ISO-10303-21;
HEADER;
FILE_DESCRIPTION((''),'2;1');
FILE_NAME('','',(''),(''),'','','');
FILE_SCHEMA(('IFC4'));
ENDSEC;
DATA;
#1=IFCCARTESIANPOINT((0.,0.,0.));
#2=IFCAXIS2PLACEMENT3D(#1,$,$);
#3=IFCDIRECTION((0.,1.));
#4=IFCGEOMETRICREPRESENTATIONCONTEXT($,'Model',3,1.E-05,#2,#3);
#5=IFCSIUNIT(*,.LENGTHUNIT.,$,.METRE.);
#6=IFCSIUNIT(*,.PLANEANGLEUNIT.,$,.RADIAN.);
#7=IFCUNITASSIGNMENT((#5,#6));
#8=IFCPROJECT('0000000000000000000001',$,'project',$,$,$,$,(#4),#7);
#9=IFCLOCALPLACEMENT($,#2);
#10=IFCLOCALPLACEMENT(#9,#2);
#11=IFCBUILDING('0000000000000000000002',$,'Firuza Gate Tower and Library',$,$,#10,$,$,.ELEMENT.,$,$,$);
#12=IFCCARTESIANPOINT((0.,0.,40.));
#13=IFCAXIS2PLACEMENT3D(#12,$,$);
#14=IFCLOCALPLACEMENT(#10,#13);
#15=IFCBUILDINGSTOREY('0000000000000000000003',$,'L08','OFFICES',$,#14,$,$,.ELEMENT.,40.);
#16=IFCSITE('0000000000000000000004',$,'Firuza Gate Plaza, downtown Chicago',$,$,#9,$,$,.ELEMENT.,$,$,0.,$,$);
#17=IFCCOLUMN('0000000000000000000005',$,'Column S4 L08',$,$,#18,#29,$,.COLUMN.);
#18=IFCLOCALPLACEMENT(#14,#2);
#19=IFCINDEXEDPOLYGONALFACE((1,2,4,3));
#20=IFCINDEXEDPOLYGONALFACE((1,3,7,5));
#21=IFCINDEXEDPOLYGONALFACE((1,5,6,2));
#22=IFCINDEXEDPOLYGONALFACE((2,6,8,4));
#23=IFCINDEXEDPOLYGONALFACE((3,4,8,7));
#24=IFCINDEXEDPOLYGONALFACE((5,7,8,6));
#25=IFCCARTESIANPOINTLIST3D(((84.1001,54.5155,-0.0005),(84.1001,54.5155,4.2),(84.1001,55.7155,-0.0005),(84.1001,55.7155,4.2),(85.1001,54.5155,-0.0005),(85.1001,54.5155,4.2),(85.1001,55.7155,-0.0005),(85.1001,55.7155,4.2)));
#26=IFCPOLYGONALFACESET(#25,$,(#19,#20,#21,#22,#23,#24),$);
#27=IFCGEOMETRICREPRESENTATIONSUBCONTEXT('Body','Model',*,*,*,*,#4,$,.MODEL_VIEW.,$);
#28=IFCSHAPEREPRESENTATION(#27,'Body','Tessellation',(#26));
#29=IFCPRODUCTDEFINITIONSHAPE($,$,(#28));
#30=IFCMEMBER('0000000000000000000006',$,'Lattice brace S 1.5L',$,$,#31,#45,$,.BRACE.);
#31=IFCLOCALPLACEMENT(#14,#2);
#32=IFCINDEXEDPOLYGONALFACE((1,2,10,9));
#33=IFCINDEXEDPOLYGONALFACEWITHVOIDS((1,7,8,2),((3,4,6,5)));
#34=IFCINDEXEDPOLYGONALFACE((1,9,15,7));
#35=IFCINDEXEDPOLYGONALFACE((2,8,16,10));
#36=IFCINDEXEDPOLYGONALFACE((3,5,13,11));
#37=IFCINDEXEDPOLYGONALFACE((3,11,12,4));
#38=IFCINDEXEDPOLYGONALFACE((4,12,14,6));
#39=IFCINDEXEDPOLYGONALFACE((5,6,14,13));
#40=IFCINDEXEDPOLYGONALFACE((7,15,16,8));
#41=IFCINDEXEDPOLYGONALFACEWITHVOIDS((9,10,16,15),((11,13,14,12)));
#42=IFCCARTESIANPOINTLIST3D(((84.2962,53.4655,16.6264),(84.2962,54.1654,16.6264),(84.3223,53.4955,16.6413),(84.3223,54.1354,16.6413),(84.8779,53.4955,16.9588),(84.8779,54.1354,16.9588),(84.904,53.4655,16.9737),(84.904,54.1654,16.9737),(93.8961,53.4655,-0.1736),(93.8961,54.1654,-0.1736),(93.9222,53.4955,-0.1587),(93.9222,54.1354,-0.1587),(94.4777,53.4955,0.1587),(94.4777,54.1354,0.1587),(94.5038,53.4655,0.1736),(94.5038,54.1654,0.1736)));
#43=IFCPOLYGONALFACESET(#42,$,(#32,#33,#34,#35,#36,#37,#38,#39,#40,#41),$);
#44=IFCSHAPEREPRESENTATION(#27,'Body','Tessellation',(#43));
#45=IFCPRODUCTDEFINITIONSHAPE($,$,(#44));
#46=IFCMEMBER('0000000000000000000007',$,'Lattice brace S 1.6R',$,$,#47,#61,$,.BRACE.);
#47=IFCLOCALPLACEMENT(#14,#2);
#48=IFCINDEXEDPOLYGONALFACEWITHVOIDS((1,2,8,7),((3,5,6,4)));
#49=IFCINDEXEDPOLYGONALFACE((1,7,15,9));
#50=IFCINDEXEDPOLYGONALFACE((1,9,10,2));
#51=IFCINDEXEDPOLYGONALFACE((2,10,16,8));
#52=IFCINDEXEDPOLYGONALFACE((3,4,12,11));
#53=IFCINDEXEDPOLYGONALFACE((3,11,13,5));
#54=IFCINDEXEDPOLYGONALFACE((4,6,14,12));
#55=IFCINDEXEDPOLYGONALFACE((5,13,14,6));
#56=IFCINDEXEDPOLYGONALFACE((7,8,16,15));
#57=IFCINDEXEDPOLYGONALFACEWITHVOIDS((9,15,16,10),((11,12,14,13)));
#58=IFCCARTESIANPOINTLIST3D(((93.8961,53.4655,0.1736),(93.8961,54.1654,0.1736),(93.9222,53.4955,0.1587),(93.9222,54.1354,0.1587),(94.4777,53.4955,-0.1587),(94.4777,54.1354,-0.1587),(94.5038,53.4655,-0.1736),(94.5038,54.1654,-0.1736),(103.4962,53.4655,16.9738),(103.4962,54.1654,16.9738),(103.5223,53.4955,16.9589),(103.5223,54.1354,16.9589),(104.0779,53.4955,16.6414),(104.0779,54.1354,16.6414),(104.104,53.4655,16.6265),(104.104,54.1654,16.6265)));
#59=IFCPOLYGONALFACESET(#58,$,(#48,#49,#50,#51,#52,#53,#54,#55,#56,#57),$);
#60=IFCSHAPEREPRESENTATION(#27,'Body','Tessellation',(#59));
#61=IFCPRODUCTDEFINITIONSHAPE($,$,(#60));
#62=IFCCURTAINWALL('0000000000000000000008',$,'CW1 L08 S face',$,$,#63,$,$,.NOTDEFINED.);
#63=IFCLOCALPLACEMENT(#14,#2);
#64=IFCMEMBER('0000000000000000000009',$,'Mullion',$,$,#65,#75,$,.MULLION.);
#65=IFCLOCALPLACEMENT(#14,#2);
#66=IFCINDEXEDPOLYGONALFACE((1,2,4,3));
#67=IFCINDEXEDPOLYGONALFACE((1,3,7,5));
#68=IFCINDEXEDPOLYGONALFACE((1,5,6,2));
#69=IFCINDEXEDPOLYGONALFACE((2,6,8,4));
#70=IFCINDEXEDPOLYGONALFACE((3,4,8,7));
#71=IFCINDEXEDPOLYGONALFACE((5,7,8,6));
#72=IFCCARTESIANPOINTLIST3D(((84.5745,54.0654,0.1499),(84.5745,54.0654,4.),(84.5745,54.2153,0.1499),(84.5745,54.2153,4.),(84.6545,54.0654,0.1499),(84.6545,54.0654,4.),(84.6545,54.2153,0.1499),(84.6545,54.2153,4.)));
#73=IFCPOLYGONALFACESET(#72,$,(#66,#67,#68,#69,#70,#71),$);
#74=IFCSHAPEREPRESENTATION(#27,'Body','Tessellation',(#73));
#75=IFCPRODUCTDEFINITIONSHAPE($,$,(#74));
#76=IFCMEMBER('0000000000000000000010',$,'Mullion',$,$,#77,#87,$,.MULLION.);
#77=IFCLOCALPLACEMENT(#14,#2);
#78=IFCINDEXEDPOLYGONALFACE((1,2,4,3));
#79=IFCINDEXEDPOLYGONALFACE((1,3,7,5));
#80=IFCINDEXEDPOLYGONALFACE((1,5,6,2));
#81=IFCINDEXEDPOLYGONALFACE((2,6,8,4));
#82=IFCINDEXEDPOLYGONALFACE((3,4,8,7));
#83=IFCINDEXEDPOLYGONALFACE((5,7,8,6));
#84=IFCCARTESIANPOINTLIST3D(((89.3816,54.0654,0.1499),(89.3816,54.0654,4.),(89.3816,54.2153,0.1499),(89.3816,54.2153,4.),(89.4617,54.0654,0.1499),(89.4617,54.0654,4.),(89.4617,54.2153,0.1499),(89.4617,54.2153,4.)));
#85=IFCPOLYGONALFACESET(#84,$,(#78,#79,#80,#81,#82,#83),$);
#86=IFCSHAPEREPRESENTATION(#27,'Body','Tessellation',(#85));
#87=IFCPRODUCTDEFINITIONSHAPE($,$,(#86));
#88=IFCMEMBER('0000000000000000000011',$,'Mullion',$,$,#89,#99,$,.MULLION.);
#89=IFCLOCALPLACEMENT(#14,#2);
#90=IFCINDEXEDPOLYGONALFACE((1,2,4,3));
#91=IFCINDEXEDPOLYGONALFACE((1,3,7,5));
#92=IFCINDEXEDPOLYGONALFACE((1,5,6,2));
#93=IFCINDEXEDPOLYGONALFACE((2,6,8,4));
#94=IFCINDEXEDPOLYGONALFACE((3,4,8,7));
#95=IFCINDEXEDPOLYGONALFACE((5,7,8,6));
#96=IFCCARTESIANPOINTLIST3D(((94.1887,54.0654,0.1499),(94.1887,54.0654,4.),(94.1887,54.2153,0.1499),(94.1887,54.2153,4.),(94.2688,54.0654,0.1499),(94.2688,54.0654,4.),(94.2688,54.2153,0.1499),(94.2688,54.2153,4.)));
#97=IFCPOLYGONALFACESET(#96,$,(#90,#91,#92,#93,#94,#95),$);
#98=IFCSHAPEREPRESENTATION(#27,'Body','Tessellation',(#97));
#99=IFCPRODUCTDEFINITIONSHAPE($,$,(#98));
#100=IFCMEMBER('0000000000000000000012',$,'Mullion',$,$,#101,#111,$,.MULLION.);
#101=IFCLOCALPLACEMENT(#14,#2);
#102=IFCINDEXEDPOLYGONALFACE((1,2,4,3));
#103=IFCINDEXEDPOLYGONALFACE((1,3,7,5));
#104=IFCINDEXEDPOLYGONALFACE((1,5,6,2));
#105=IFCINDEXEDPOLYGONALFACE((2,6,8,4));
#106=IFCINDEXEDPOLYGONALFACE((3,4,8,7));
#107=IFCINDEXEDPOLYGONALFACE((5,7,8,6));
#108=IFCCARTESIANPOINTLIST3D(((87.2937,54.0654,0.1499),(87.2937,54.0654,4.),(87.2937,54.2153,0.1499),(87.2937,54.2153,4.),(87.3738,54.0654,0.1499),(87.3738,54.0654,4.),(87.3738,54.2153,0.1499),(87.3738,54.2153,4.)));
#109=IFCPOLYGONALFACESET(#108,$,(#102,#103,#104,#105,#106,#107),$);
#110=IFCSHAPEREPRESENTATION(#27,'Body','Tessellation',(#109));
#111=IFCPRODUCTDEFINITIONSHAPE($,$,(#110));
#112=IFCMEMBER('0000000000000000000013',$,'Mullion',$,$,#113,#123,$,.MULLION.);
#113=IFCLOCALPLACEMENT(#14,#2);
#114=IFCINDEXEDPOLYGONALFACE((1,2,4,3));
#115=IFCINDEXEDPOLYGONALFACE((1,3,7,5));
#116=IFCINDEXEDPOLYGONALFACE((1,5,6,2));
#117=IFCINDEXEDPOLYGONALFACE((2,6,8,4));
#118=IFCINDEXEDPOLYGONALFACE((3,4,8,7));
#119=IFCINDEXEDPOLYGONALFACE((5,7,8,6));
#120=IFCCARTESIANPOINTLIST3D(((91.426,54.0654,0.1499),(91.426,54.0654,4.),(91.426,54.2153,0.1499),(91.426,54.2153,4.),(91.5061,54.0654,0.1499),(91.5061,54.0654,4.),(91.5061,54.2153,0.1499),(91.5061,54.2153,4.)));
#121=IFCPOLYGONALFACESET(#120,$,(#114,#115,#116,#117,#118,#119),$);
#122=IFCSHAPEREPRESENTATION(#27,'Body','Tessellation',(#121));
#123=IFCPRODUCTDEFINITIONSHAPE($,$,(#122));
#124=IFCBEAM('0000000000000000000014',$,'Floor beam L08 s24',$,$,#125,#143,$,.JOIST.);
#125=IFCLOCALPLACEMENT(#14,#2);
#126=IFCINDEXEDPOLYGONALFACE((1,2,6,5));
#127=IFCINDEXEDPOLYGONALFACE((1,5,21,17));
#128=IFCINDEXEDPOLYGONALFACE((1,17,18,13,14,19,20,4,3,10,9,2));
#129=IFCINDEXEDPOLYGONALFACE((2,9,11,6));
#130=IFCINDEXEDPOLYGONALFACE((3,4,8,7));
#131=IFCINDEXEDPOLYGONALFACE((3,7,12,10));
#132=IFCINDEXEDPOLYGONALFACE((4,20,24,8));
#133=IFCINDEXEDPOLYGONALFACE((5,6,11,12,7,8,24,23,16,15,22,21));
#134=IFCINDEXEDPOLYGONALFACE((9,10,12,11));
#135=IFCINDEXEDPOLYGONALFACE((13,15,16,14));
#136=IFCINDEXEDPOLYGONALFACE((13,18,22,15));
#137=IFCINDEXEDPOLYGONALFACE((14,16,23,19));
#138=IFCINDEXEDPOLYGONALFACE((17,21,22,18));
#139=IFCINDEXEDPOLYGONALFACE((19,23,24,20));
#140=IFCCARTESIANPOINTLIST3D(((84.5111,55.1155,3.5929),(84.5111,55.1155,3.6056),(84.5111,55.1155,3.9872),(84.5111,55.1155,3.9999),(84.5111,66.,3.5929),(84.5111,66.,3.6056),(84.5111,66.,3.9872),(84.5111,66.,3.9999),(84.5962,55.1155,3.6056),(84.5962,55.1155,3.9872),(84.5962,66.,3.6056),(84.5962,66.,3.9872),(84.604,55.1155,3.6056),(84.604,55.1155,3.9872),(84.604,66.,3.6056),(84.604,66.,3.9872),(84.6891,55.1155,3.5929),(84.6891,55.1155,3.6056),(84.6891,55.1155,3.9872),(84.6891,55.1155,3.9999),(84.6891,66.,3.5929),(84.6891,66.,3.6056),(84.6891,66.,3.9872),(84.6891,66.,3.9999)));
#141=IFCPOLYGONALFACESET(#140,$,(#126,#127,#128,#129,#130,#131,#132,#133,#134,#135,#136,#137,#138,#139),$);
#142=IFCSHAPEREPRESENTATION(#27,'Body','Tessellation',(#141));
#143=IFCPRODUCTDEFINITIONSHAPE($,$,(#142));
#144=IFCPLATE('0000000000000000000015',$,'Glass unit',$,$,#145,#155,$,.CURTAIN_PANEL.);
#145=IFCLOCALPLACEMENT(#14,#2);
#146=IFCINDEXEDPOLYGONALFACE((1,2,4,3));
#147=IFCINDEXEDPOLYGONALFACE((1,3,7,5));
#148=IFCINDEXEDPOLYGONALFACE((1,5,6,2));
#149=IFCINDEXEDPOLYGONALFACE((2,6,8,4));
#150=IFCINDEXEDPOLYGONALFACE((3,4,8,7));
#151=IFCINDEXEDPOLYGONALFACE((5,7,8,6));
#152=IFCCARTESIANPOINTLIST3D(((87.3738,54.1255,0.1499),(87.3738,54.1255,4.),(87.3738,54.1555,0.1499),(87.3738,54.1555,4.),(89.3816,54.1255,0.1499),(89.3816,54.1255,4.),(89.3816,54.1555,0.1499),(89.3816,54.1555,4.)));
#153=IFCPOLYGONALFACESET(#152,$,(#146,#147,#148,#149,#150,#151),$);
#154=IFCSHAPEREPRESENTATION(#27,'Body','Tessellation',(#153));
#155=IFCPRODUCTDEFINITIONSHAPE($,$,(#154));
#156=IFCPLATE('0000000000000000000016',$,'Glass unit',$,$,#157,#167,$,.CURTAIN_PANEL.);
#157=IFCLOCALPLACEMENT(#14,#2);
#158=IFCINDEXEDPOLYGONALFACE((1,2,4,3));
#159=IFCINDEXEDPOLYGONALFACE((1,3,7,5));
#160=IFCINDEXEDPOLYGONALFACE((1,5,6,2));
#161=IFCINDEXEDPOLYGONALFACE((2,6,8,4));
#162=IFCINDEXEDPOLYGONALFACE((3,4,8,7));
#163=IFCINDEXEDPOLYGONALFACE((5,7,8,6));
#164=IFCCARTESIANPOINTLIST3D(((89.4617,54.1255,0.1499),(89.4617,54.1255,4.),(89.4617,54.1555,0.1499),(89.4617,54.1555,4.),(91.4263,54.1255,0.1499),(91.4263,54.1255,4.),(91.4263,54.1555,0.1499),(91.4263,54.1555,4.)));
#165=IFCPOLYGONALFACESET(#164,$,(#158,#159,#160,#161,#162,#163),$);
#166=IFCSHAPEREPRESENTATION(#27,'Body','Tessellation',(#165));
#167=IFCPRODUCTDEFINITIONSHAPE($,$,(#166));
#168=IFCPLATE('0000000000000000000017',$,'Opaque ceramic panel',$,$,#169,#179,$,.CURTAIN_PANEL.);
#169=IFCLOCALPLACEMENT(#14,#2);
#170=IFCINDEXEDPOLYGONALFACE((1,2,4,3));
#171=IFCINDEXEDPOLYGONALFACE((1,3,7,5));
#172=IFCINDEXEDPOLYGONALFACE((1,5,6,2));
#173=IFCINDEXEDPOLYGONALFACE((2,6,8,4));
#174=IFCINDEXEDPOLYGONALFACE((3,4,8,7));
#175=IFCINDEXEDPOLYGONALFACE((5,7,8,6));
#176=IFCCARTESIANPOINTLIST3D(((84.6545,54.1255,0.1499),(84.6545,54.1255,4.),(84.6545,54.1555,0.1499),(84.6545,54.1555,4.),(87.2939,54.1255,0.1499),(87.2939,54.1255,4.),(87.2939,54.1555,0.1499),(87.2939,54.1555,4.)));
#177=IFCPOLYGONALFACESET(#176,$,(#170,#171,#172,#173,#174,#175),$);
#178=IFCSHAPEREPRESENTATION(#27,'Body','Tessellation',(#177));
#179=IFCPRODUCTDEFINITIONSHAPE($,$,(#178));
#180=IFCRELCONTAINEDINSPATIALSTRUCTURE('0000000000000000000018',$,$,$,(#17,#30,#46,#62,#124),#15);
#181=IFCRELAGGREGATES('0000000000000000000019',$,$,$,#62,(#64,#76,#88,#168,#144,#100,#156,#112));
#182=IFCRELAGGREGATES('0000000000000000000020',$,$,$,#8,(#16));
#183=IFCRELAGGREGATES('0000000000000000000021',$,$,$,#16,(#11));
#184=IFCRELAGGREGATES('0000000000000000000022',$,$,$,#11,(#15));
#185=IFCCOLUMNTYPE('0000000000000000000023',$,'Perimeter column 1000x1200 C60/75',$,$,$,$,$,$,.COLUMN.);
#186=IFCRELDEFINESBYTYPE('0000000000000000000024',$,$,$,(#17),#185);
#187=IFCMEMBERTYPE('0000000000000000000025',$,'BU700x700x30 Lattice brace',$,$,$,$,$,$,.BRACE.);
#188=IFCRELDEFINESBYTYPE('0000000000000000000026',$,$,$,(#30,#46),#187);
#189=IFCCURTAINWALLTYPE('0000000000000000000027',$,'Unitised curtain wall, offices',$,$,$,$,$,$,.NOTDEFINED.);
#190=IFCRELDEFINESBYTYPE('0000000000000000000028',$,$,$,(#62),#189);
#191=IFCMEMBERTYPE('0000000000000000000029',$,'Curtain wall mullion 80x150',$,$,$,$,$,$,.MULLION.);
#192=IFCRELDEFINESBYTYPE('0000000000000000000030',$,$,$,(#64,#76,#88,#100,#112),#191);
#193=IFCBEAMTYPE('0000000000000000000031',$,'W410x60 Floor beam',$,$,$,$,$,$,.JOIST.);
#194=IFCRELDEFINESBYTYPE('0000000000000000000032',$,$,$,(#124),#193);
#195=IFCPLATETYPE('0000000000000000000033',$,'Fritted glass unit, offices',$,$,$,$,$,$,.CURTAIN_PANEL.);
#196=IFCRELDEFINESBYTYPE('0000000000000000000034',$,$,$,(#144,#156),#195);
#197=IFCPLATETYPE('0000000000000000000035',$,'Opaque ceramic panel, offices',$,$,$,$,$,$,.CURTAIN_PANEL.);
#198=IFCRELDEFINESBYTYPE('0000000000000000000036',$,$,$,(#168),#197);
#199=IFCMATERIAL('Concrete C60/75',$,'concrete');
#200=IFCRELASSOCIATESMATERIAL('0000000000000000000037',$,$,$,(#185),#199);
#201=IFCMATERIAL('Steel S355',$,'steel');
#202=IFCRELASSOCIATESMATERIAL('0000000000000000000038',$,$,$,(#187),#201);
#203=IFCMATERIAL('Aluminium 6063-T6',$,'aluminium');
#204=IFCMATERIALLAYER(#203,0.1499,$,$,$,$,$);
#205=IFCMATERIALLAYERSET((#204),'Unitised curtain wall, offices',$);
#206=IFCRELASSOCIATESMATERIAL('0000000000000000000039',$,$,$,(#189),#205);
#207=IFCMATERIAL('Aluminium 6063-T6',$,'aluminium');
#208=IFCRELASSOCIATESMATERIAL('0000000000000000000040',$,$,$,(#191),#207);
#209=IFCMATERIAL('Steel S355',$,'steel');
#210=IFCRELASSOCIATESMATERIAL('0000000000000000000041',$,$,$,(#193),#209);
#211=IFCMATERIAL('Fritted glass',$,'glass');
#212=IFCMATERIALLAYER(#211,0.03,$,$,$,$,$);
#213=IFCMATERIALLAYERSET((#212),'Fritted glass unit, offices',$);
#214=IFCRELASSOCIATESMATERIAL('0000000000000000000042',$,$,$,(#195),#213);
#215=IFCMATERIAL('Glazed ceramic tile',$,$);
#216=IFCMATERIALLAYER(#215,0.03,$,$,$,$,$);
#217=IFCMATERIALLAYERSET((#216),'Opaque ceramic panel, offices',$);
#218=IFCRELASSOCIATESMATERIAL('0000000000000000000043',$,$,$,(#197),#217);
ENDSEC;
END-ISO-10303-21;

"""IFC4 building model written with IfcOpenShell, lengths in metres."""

from ifc_helpers import new_model, si_unit, direction, frame, origin, origin_2d, place, context, subcontext, project, spatial, polyline, rectangle, hollow_rectangle, i_section, outline, extrude, material, layer, layer_set, material_profile, profile_set, type_object, element, aggregate, save


model = new_model("IFC4")

# Units and contexts
model_context = context("Model", 3, precision=1e-05, world=origin(), true_north=direction((0.0, 1.0)))
body_context = subcontext(model_context, "Body", "Model", "MODEL_VIEW")
ifc_project = project(units=[si_unit("LENGTHUNIT", "METRE"), si_unit("PLANEANGLEUNIT", "RADIAN")], contexts=[model_context])

# Site, building, storey
site_placement = place(None, origin())
site = spatial("IfcSite", under=ifc_project, at=site_placement, Name="Firuza Gate Plaza, downtown Chicago", CompositionType="ELEMENT", RefElevation=0.0)
building_placement = place(site_placement, origin())
building = spatial("IfcBuilding", under=site, at=building_placement, Name="Firuza Gate Tower and Library", CompositionType="ELEMENT")
storey_placement = place(building_placement, frame((0.0, 0.0, 40.0)))
storey = spatial("IfcBuildingStorey", under=building, at=storey_placement, Name="L08", Description="OFFICES", CompositionType="ELEMENT", Elevation=40.0)

# Column
ifc_material_1 = material(Name="Concrete C60/75", Category="concrete")
ifc_material_profile_1 = material_profile(ifc_material_1, rectangle(XDim=1.0, YDim=1.2, at=origin_2d()))
ifc_profile_set_1 = profile_set([ifc_material_profile_1], Name="Concrete C60/75")
column_type = type_object("IfcColumnType", Name="Perimeter column 1000x1200 C60/75", PredefinedType="COLUMN", material=ifc_profile_set_1)
column_placement = place(storey_placement, frame((84.6001, 55.1155, -0.0005), z_axis=(0.0, 0.0, 1.0), x_axis=(1.0, 0.0, 0.0)))
element("IfcColumn", 1, at=column_placement, inside=storey, type_object=column_type, Name="Column S4 L08", PredefinedType="COLUMN", context=body_context, shape_type="SweptSolid", body=[
    extrude(rectangle(XDim=1.0, YDim=1.2, at=origin_2d()), origin(), (0.0, 0.0, 1.0), 4.2004),
])

# Members
ifc_material_2 = material(Name="Steel S355", Category="steel")
ifc_material_profile_2 = material_profile(ifc_material_2, hollow_rectangle(XDim=0.7, YDim=0.7, WallThickness=0.03, at=origin_2d()))
ifc_profile_set_2 = profile_set([ifc_material_profile_2], Name="Steel S355")
member_type_1 = type_object("IfcMemberType", Name="BU700x700x30 Lattice brace", PredefinedType="BRACE", material=ifc_profile_set_2)
member_1_placement = place(storey_placement, frame((94.2, 53.8154, 0.0), z_axis=(-0.496132, 0.0, 0.868247), x_axis=(0.0, -1.0, 0.0)))
element("IfcMember", 2, at=member_1_placement, inside=storey, type_object=member_type_1, Name="Lattice brace S 1.5L", PredefinedType="BRACE", context=body_context, shape_type="SweptSolid", body=[
    extrude(hollow_rectangle(XDim=0.7, YDim=0.7, WallThickness=0.03, at=origin_2d()), origin(), (0.0, 0.0, 1.0), 19.3494),
])
member_2_placement = place(storey_placement, frame((94.2, 53.8154, 0.0), z_axis=(0.496142, 0.0, 0.868242), x_axis=(0.0, 1.0, 0.0)))
element("IfcMember", 3, at=member_2_placement, inside=storey, type_object=member_type_1, Name="Lattice brace S 1.6R", PredefinedType="BRACE", context=body_context, shape_type="SweptSolid", body=[
    extrude(hollow_rectangle(XDim=0.7, YDim=0.7, WallThickness=0.03, at=origin_2d()), origin(), (0.0, 0.0, 1.0), 19.3496),
])

# Curtain wall, members
ifc_material_3 = material(Name="Aluminium 6063-T6", Category="aluminium")
ifc_layer_1 = layer(ifc_material_3, 0.1499)
ifc_layer_set_1 = layer_set([ifc_layer_1], Name="Unitised curtain wall, offices")
curtain_wall_type = type_object("IfcCurtainWallType", Name="Unitised curtain wall, offices", PredefinedType="NOTDEFINED", material=ifc_layer_set_1)
curtain_wall_placement = place(storey_placement, origin())
curtain_wall = element("IfcCurtainWall", 4, at=curtain_wall_placement, inside=storey, type_object=curtain_wall_type, Name="CW1 L08 S face", PredefinedType="NOTDEFINED")
ifc_material_4 = material(Name="Aluminium 6063-T6", Category="aluminium")
ifc_material_profile_3 = material_profile(ifc_material_4, rectangle(XDim=0.1499, YDim=0.0801, at=origin_2d()))
ifc_profile_set_3 = profile_set([ifc_material_profile_3], Name="Aluminium 6063-T6")
member_type_2 = type_object("IfcMemberType", Name="Curtain wall mullion 80x150", PredefinedType="MULLION", material=ifc_profile_set_3)
member_3_placement = place(storey_placement, frame((84.6145, 54.1404, 0.1499), z_axis=(0.0, 0.0, 1.0), x_axis=(0.0, 1.0, 0.0)))
member_3 = element("IfcMember", 5, at=member_3_placement, type_object=member_type_2, Name="Mullion", PredefinedType="MULLION", context=body_context, shape_type="SweptSolid", body=[
    extrude(rectangle(XDim=0.1499, YDim=0.0801, at=origin_2d()), origin(), (0.0, 0.0, 1.0), 3.8501),
])
member_4_placement = place(storey_placement, frame((89.4216, 54.1404, 0.1499), z_axis=(0.0, 0.0, 1.0), x_axis=(0.0, 1.0, 0.0)))
member_4 = element("IfcMember", 6, at=member_4_placement, type_object=member_type_2, Name="Mullion", PredefinedType="MULLION", context=body_context, shape_type="SweptSolid", body=[
    extrude(rectangle(XDim=0.1499, YDim=0.0801, at=origin_2d()), origin(), (0.0, 0.0, 1.0), 3.8501),
])
member_5_placement = place(storey_placement, frame((94.2288, 54.1404, 0.1499), z_axis=(0.0, 0.0, 1.0), x_axis=(0.0, 1.0, 0.0)))
member_5 = element("IfcMember", 7, at=member_5_placement, type_object=member_type_2, Name="Mullion", PredefinedType="MULLION", context=body_context, shape_type="SweptSolid", body=[
    extrude(rectangle(XDim=0.1499, YDim=0.0801, at=origin_2d()), origin(), (0.0, 0.0, 1.0), 3.8501),
])
member_6_placement = place(storey_placement, frame((87.3337, 54.1404, 0.1499), z_axis=(0.0, 0.0, 1.0), x_axis=(0.0, 1.0, 0.0)))
member_6 = element("IfcMember", 8, at=member_6_placement, type_object=member_type_2, Name="Mullion", PredefinedType="MULLION", context=body_context, shape_type="SweptSolid", body=[
    extrude(rectangle(XDim=0.1499, YDim=0.0801, at=origin_2d()), origin(), (0.0, 0.0, 1.0), 3.8501),
])
member_7_placement = place(storey_placement, frame((91.4661, 54.1404, 0.1499), z_axis=(0.0, 0.0, 1.0), x_axis=(0.0, 1.0, 0.0)))
member_7 = element("IfcMember", 9, at=member_7_placement, type_object=member_type_2, Name="Mullion", PredefinedType="MULLION", context=body_context, shape_type="SweptSolid", body=[
    extrude(rectangle(XDim=0.1499, YDim=0.0801, at=origin_2d()), origin(), (0.0, 0.0, 1.0), 3.8501),
])

# Beam
ifc_material_5 = material(Name="Steel S355", Category="steel")
ifc_material_profile_4 = material_profile(ifc_material_5, i_section(OverallWidth=0.178, OverallDepth=0.407, WebThickness=0.0078, FlangeThickness=0.0127, at=origin_2d()))
ifc_profile_set_4 = profile_set([ifc_material_profile_4], Name="Steel S355")
beam_type = type_object("IfcBeamType", Name="W410x60 Floor beam", PredefinedType="JOIST", material=ifc_profile_set_4)
beam_placement = place(storey_placement, frame((84.6001, 55.1155, 3.7964), z_axis=(0.0, 1.0, 0.0), x_axis=(-1.0, 0.0, 0.0)))
element("IfcBeam", 10, at=beam_placement, inside=storey, type_object=beam_type, Name="Floor beam L08 s24", PredefinedType="JOIST", context=body_context, shape_type="SweptSolid", body=[
    extrude(i_section(OverallWidth=0.178, OverallDepth=0.407, WebThickness=0.0078, FlangeThickness=0.0127, at=origin_2d()), origin(), (0.0, 0.0, 1.0), 10.8845),
])

# Plates
ifc_material_6 = material(Name="Fritted glass", Category="glass")
ifc_layer_2 = layer(ifc_material_6, 0.03)
ifc_layer_set_2 = layer_set([ifc_layer_2], Name="Fritted glass unit, offices")
plate_type_1 = type_object("IfcPlateType", Name="Fritted glass unit, offices", PredefinedType="CURTAIN_PANEL", material=ifc_layer_set_2)
plate_1_placement = place(storey_placement, frame((87.3738, 54.1255, 0.1499), z_axis=(0.0, -1.0, 0.0), x_axis=(1.0, 0.0, 0.0)))
plate_1 = element("IfcPlate", 11, at=plate_1_placement, type_object=plate_type_1, Name="Glass unit", PredefinedType="CURTAIN_PANEL", context=body_context, shape_type="SweptSolid", body=[
    extrude(outline(polyline([(0.0, 0.0), (2.0078, 0.0), (2.0078, 3.8501), (0.0, 3.8501), (0.0, 0.0)])), origin(), (0.0, 0.0, -1.0), 0.03),
])
plate_2_placement = place(storey_placement, frame((89.4617, 54.1255, 0.1499), z_axis=(0.0, -1.0, 0.0), x_axis=(1.0, 0.0, 0.0)))
plate_2 = element("IfcPlate", 12, at=plate_2_placement, type_object=plate_type_1, Name="Glass unit", PredefinedType="CURTAIN_PANEL", context=body_context, shape_type="SweptSolid", body=[
    extrude(outline(polyline([(0.0, 0.0), (1.9646, 0.0), (1.9646, 3.8501), (0.0, 3.8501), (0.0, 0.0)])), origin(), (0.0, 0.0, -1.0), 0.03),
])
ifc_material_7 = material(Name="Glazed ceramic tile")
ifc_layer_3 = layer(ifc_material_7, 0.03)
ifc_layer_set_3 = layer_set([ifc_layer_3], Name="Opaque ceramic panel, offices")
plate_type_2 = type_object("IfcPlateType", Name="Opaque ceramic panel, offices", PredefinedType="CURTAIN_PANEL", material=ifc_layer_set_3)
plate_3_placement = place(storey_placement, frame((84.6545, 54.1255, 0.1499), z_axis=(0.0, -1.0, 0.0), x_axis=(1.0, 0.0, 0.0)))
plate_3 = element("IfcPlate", 13, at=plate_3_placement, type_object=plate_type_2, Name="Opaque ceramic panel", PredefinedType="CURTAIN_PANEL", context=body_context, shape_type="SweptSolid", body=[
    extrude(outline(polyline([(0.0, 0.0), (2.6394, 0.0), (2.6394, 3.8501), (0.0, 3.8501), (0.0, 0.0)])), origin(), (0.0, 0.0, -1.0), 0.03),
])
aggregate(curtain_wall, [member_3, member_4, member_5, plate_3, plate_1, member_6, plate_2, member_7])

save(model, "model.ifc")
